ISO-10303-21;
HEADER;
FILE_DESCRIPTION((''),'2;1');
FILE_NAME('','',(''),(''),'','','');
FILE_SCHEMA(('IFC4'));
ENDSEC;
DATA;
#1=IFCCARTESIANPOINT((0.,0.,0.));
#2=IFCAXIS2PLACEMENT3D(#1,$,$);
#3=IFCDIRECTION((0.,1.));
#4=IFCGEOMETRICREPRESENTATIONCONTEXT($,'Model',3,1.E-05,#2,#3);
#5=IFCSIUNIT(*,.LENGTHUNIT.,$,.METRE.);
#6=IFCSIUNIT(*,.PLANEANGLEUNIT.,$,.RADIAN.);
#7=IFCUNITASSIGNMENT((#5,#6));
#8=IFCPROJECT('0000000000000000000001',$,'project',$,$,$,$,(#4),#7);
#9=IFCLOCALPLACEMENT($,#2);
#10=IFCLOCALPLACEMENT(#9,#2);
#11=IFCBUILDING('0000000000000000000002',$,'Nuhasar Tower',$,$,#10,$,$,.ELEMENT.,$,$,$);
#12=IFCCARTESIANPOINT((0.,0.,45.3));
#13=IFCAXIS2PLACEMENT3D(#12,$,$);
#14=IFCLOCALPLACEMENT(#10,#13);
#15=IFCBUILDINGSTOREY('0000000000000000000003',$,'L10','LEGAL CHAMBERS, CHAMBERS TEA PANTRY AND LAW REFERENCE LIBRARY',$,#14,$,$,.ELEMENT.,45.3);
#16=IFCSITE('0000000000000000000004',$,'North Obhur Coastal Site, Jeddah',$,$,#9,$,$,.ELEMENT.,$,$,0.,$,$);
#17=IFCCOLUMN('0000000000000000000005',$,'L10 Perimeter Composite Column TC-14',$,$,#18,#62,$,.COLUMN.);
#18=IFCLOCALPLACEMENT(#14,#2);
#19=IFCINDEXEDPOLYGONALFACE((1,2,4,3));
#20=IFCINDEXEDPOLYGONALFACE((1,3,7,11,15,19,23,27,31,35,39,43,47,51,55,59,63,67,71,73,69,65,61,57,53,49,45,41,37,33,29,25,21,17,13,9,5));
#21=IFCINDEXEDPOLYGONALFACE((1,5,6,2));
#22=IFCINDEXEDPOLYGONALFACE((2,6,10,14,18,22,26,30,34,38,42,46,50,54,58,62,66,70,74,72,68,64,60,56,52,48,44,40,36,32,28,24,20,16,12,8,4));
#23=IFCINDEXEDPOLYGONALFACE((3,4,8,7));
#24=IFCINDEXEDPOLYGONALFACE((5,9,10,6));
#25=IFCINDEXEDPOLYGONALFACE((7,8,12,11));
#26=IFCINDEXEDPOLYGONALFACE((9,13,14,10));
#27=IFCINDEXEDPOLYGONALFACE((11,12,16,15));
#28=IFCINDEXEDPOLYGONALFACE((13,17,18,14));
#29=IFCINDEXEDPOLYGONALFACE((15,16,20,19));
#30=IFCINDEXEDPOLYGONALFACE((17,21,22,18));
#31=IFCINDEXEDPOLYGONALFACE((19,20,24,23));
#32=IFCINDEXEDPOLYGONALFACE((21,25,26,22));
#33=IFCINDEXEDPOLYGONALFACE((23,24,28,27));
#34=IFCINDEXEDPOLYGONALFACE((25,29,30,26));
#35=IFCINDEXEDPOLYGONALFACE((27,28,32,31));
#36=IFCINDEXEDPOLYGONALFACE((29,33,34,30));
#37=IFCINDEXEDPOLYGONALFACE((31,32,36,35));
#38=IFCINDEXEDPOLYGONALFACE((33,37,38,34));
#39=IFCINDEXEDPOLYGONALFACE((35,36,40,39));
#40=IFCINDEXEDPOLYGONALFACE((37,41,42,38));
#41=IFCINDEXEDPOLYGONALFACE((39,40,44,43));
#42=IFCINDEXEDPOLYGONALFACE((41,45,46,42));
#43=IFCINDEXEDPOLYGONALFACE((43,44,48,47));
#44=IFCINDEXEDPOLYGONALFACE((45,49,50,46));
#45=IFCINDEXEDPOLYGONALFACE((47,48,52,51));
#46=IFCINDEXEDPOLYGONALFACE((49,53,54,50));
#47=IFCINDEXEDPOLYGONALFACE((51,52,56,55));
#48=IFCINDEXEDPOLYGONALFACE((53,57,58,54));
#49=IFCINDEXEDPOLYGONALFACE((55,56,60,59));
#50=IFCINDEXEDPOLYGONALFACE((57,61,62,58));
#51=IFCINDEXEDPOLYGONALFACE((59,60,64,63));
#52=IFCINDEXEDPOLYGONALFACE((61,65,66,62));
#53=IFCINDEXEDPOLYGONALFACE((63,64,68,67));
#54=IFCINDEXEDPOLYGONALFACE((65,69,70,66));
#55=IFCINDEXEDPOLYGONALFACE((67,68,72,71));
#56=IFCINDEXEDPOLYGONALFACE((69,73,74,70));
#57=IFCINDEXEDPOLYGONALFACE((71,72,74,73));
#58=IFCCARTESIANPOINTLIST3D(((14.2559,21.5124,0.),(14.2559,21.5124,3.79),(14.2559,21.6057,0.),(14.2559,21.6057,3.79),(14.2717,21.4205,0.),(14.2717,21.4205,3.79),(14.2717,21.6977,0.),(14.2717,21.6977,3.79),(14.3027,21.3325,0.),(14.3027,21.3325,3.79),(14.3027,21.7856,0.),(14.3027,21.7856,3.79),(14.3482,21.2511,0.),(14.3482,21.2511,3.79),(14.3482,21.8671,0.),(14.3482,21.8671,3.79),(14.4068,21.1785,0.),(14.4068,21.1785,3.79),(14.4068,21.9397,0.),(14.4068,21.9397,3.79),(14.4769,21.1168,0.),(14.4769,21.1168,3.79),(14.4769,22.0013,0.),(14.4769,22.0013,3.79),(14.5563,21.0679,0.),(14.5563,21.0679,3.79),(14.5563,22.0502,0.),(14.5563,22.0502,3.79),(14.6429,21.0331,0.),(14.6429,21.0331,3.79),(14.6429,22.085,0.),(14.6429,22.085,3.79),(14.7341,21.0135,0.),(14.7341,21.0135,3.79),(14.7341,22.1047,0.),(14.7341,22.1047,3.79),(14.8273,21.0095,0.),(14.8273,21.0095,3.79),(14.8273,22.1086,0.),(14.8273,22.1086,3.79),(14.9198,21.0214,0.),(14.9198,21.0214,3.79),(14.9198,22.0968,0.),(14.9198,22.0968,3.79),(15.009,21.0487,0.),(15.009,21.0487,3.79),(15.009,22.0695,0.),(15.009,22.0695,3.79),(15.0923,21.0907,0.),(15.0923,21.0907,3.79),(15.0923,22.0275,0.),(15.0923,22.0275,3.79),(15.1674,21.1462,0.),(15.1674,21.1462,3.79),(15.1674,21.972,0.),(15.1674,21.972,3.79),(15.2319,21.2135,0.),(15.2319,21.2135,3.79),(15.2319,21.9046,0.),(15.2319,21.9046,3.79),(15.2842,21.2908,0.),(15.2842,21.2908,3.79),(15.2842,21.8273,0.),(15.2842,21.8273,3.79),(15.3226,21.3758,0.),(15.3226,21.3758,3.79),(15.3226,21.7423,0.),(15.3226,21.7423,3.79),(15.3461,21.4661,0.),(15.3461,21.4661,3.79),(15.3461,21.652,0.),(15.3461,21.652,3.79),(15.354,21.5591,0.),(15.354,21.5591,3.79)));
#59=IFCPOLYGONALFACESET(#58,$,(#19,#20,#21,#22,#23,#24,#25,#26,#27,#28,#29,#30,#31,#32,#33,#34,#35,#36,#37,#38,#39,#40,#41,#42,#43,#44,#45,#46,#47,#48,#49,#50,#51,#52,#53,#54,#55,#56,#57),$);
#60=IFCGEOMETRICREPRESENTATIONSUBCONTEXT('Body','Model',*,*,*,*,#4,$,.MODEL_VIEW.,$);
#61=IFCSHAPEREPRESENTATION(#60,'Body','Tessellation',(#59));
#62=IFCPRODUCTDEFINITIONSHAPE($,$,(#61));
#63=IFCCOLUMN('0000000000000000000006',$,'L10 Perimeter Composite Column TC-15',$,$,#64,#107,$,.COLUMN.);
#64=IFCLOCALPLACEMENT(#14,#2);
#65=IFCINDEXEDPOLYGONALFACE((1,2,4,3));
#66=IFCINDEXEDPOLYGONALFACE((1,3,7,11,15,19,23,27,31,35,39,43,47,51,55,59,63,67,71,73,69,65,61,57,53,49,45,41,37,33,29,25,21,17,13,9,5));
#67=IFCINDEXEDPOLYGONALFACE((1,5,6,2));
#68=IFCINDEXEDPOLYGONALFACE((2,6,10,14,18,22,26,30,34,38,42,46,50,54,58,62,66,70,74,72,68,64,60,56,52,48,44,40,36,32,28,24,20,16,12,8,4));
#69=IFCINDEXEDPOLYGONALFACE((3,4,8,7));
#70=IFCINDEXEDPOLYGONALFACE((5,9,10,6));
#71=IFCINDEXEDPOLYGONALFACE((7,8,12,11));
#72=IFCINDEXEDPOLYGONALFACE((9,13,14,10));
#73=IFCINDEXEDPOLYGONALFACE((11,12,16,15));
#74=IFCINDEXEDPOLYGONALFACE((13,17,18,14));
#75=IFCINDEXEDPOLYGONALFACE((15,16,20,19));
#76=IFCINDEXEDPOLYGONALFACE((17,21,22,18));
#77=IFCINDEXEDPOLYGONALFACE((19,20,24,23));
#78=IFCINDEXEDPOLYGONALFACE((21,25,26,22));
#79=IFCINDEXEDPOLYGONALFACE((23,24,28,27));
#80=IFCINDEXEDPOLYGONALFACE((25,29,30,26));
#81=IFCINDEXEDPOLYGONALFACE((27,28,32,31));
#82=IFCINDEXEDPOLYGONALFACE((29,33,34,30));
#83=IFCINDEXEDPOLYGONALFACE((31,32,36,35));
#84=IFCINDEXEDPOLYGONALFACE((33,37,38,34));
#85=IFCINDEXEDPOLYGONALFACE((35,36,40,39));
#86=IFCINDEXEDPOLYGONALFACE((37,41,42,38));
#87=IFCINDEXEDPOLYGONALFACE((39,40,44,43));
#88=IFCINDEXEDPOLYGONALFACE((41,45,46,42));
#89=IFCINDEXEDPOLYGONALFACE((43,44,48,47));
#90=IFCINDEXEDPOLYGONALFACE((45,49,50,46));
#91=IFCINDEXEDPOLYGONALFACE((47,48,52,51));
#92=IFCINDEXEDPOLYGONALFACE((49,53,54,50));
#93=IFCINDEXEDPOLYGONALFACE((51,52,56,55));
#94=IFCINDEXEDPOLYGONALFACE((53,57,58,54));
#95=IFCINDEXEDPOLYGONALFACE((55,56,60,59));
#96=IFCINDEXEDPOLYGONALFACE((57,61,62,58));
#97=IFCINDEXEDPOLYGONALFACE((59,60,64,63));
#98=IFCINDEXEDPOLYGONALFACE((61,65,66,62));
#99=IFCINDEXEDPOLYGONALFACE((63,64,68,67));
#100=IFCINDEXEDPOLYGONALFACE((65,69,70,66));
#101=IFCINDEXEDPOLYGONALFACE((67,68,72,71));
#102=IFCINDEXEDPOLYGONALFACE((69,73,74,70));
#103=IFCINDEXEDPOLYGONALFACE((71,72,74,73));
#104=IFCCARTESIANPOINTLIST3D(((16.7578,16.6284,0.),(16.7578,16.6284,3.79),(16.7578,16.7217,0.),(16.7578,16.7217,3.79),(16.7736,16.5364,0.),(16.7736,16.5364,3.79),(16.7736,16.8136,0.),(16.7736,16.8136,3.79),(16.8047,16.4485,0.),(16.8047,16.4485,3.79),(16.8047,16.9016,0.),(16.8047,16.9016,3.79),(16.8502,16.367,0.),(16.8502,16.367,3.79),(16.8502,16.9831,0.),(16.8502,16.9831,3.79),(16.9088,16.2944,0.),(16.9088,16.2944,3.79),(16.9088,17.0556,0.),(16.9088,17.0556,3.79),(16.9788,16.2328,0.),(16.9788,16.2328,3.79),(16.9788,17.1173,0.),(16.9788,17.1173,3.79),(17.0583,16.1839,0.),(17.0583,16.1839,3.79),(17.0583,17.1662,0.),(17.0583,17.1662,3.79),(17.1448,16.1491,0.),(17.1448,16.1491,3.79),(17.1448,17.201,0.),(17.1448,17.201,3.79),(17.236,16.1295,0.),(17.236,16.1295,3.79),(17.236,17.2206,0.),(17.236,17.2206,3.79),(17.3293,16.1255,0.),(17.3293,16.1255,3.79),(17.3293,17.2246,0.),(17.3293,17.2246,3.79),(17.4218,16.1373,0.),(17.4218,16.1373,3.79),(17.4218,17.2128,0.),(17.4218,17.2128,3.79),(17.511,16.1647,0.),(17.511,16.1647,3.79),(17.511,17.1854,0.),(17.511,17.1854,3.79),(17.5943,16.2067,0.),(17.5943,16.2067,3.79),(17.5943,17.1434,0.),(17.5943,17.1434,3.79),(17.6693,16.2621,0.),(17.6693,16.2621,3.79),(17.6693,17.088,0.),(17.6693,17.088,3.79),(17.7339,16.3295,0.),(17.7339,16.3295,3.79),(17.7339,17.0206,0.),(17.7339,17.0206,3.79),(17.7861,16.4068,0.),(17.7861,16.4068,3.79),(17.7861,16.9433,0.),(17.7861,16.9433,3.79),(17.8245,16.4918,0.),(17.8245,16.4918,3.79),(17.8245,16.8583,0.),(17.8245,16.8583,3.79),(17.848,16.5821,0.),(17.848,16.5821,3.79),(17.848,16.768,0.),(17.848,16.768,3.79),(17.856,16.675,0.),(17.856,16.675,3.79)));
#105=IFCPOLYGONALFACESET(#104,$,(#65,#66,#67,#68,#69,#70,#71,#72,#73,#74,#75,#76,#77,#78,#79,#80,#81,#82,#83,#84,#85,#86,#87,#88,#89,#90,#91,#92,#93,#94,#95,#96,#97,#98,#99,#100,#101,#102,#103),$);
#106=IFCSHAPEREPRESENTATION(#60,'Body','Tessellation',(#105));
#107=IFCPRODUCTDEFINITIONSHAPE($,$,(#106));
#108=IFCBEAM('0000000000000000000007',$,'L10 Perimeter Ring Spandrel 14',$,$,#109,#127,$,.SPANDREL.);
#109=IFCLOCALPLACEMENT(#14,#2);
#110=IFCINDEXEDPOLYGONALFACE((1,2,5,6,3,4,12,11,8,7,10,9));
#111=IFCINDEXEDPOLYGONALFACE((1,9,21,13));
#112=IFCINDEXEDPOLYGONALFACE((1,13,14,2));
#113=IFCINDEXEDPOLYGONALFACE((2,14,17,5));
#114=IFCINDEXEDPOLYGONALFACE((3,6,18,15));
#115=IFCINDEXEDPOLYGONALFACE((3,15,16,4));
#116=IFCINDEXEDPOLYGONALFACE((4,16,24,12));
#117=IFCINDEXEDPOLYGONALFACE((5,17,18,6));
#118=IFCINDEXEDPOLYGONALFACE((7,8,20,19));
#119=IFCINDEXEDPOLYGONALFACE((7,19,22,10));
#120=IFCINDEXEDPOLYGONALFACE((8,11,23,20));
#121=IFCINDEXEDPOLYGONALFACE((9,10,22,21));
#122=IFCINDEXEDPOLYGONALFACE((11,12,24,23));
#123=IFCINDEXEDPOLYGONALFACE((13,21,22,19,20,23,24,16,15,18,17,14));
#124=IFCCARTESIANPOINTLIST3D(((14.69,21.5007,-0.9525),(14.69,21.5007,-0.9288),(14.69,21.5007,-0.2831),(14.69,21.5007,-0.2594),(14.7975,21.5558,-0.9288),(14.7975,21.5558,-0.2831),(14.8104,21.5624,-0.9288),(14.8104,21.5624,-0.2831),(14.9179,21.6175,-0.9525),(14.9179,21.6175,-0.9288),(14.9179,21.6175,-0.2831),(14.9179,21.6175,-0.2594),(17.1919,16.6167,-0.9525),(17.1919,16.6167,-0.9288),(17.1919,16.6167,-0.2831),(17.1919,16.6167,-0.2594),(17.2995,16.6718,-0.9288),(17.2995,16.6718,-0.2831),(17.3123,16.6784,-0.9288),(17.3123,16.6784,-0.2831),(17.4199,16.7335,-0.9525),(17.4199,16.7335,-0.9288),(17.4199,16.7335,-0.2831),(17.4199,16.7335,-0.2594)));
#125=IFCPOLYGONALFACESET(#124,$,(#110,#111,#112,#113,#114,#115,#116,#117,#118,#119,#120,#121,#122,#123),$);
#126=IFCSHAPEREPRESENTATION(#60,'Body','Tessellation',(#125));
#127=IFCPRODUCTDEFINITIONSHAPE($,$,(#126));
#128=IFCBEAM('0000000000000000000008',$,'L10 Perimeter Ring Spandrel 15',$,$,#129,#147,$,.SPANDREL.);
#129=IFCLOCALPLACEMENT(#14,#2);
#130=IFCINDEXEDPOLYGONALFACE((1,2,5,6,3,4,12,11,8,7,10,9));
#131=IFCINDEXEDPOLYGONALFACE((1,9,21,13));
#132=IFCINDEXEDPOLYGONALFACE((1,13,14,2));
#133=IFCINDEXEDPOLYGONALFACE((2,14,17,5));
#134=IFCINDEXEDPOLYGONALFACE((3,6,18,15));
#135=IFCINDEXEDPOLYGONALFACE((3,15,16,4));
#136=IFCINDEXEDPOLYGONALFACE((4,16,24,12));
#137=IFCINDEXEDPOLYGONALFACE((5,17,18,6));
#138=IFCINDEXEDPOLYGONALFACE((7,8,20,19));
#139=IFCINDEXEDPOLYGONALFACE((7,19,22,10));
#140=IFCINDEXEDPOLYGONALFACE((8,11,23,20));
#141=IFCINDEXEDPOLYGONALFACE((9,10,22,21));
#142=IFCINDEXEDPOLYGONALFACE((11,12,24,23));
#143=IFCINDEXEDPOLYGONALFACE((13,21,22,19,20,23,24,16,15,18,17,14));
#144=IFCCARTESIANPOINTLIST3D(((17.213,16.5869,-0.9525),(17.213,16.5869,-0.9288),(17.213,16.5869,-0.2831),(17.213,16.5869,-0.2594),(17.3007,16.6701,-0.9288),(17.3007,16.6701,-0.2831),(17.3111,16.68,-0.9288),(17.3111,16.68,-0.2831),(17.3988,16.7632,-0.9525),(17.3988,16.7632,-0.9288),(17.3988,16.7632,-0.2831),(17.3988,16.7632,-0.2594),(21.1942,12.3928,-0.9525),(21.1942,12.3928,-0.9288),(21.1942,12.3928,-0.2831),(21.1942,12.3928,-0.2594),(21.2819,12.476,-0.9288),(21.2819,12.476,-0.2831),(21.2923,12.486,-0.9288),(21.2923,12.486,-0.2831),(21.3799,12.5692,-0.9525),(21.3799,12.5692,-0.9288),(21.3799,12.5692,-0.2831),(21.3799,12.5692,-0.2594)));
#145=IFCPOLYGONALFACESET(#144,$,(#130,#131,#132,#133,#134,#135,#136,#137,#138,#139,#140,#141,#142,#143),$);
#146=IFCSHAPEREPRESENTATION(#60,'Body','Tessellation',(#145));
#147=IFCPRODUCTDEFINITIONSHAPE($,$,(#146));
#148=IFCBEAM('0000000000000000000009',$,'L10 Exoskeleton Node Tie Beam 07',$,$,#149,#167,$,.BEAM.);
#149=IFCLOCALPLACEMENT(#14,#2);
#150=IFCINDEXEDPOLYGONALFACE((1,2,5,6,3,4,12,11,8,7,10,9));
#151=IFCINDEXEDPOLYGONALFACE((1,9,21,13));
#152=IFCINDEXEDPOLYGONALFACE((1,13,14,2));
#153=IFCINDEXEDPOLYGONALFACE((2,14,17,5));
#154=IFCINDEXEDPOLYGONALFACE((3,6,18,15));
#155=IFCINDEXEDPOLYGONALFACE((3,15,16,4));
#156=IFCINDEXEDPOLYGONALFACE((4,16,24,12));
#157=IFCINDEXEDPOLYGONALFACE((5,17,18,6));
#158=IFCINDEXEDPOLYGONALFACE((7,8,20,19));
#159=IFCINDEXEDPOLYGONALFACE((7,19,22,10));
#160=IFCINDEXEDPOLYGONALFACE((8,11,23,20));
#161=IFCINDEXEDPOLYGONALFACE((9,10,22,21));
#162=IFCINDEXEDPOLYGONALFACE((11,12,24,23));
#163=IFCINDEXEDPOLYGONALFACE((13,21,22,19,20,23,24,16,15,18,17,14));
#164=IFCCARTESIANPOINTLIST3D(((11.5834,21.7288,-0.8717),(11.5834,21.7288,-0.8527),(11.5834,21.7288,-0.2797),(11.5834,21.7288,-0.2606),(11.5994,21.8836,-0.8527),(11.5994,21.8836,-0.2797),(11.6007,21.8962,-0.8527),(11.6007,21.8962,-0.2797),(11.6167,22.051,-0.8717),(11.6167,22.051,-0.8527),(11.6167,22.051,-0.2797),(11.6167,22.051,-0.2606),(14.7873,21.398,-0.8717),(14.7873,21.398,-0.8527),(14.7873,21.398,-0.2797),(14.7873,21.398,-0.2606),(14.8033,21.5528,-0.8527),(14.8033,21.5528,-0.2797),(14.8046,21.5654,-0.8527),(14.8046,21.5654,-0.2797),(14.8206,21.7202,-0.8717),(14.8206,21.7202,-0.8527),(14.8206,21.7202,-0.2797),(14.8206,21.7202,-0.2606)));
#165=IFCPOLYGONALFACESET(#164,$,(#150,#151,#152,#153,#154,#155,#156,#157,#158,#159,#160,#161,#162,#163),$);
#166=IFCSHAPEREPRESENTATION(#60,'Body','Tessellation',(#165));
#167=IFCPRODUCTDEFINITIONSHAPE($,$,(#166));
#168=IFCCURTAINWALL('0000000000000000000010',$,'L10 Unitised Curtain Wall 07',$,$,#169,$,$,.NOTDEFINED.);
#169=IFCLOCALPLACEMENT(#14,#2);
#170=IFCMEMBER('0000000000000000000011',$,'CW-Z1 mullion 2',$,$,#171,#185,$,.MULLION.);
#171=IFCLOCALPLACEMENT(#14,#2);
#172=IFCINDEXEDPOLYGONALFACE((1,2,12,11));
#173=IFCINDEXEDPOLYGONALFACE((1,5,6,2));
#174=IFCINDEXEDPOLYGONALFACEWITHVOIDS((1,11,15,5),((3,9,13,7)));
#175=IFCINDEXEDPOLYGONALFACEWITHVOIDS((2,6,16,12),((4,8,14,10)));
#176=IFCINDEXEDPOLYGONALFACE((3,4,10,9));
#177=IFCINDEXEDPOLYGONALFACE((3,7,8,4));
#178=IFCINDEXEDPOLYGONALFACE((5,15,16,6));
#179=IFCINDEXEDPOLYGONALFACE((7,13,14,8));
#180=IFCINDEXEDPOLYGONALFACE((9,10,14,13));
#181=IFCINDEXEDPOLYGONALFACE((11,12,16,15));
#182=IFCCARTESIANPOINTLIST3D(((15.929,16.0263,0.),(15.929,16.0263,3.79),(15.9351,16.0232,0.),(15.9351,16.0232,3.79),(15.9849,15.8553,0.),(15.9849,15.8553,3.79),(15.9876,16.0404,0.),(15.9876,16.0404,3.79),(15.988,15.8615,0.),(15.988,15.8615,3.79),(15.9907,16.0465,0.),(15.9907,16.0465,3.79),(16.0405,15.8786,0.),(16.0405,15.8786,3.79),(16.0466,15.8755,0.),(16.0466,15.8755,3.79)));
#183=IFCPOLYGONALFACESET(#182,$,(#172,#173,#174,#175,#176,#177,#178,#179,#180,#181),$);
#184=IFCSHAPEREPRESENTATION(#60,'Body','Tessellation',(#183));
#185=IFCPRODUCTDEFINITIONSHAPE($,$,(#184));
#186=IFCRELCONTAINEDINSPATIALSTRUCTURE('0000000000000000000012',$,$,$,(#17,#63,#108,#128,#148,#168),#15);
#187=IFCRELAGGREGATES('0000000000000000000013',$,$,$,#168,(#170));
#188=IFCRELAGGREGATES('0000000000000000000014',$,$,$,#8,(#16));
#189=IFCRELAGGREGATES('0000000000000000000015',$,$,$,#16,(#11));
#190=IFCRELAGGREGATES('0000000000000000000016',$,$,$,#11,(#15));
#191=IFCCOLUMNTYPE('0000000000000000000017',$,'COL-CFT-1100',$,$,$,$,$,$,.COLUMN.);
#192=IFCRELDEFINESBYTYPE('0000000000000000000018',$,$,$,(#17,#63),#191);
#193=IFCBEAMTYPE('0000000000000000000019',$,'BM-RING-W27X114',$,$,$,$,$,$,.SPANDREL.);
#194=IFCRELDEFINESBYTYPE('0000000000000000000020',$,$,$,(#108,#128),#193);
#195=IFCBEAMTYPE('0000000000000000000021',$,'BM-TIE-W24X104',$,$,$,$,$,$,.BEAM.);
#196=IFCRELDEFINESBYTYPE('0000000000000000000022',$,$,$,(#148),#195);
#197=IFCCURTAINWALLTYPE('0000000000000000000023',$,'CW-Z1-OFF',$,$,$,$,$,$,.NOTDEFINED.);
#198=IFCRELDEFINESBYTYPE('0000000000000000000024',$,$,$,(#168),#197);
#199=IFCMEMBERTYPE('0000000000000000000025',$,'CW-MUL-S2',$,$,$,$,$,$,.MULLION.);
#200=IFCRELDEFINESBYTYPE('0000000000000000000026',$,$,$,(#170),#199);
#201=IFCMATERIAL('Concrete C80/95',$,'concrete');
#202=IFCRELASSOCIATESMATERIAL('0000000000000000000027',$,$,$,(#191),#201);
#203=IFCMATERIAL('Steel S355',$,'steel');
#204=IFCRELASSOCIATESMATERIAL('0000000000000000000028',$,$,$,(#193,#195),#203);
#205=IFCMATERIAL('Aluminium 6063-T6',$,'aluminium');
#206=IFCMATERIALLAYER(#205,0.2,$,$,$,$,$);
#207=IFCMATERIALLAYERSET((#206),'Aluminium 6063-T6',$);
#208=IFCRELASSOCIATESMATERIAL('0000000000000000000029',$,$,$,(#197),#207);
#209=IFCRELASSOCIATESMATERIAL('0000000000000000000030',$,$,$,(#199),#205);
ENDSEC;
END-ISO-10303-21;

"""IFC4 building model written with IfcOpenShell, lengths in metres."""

from ifc_helpers import new_model, si_unit, direction, frame, origin, origin_2d, place, context, subcontext, project, spatial, hollow_rectangle, circle, i_section, extrude, material, layer, layer_set, material_profile, profile_set, type_object, element, aggregate, save


model = new_model("IFC4")

# Units and contexts
model_context = context("Model", 3, precision=1e-05, world=origin(), true_north=direction((0.0, 1.0)))
body_context = subcontext(model_context, "Body", "Model", "MODEL_VIEW")
ifc_project = project(units=[si_unit("LENGTHUNIT", "METRE"), si_unit("PLANEANGLEUNIT", "RADIAN")], contexts=[model_context])

# Site, building, storey
site_placement = place(None, origin())
site = spatial("IfcSite", under=ifc_project, at=site_placement, Name="North Obhur Coastal Site, Jeddah", CompositionType="ELEMENT", RefElevation=0.0)
building_placement = place(site_placement, origin())
building = spatial("IfcBuilding", under=site, at=building_placement, Name="Nuhasar Tower", CompositionType="ELEMENT")
storey_placement = place(building_placement, frame((0.0, 0.0, 45.3)))
storey = spatial("IfcBuildingStorey", under=building, at=storey_placement, Name="L10", Description="LEGAL CHAMBERS, CHAMBERS TEA PANTRY AND LAW REFERENCE LIBRARY", CompositionType="ELEMENT", Elevation=45.3)

# Columns
ifc_material_1 = material(Name="Concrete C80/95", Category="concrete")
ifc_material_profile_1 = material_profile(ifc_material_1, circle(Radius=0.55, at=origin_2d()), Name="CFT1100")
ifc_profile_set_1 = profile_set([ifc_material_profile_1], Name="Concrete C80/95")
column_type = type_object("IfcColumnType", Name="COL-CFT-1100", PredefinedType="COLUMN", material=ifc_profile_set_1)
for number, where, z_axis, x_axis, name in (
    (1, (14.804, 21.5591, 0.0), (0.0, 0.0, 1.0), (1.0, 0.0, 0.0), "L10 Perimeter Composite Column TC-14"),
    (2, (17.3059, 16.675, 0.0), (0.0, 0.0, 1.0), (1.0, 0.0, 0.0), "L10 Perimeter Composite Column TC-15"),
):
    element("IfcColumn", number, at=place(storey_placement, frame(where, z_axis=z_axis, x_axis=x_axis)), inside=storey, type_object=column_type, Name=name, PredefinedType="COLUMN", context=body_context, shape_type="SweptSolid", body=[
        extrude(circle(Radius=0.55, at=origin_2d()), origin(), (0.0, 0.0, 1.0), 3.79),
    ])

# Beams
ifc_material_2 = material(Name="Steel S355", Category="steel")
ifc_material_profile_2 = material_profile(ifc_material_2, i_section(OverallWidth=0.2561, OverallDepth=0.6931, WebThickness=0.0144, FlangeThickness=0.0237, at=origin_2d()), Name="W27X114")
ifc_profile_set_2 = profile_set([ifc_material_profile_2], Name="Steel S355")
beam_type_1 = type_object("IfcBeamType", Name="BM-RING-W27X114", PredefinedType="SPANDREL", material=ifc_profile_set_2)
beam_1_placement = place(storey_placement, frame((14.804, 21.5591, -0.606), z_axis=(0.45593, -0.890016, 0.0), x_axis=(0.890016, 0.45593, 0.0)))
element("IfcBeam", 3, at=beam_1_placement, inside=storey, type_object=beam_type_1, Name="L10 Perimeter Ring Spandrel 14", PredefinedType="SPANDREL", context=body_context, shape_type="SweptSolid", body=[
    extrude(i_section(OverallWidth=0.2561, OverallDepth=0.6931, WebThickness=0.0144, FlangeThickness=0.0237, at=origin_2d()), origin(), (0.0, 0.0, 1.0), 5.4875),
])
beam_2_placement = place(storey_placement, frame((17.3059, 16.675, -0.606), z_axis=(0.68846, -0.725274, 0.0), x_axis=(0.725274, 0.68846, 0.0)))
element("IfcBeam", 4, at=beam_2_placement, inside=storey, type_object=beam_type_1, Name="L10 Perimeter Ring Spandrel 15", PredefinedType="SPANDREL", context=body_context, shape_type="SweptSolid", body=[
    extrude(i_section(OverallWidth=0.2561, OverallDepth=0.6931, WebThickness=0.0144, FlangeThickness=0.0237, at=origin_2d()), origin(), (0.0, 0.0, 1.0), 5.7827),
])
ifc_material_profile_3 = material_profile(ifc_material_2, i_section(OverallWidth=0.324, OverallDepth=0.6111, WebThickness=0.0127, FlangeThickness=0.019, at=origin_2d()), Name="W24X104")
ifc_profile_set_3 = profile_set([ifc_material_profile_3], Name="Steel S355")
beam_type_2 = type_object("IfcBeamType", Name="BM-TIE-W24X104", PredefinedType="BEAM", material=ifc_profile_set_3)
beam_3_placement = place(storey_placement, frame((14.804, 21.5591, -0.5662), z_axis=(-0.994712, 0.102708, 0.0), x_axis=(-0.102708, -0.994712, 0.0)))
element("IfcBeam", 5, at=beam_3_placement, inside=storey, type_object=beam_type_2, Name="L10 Exoskeleton Node Tie Beam 07", PredefinedType="BEAM", context=body_context, shape_type="SweptSolid", body=[
    extrude(i_section(OverallWidth=0.324, OverallDepth=0.6111, WebThickness=0.0127, FlangeThickness=0.019, at=origin_2d()), origin(), (0.0, 0.0, 1.0), 3.2209),
])

# Curtain wall, member
ifc_material_3 = material(Name="Aluminium 6063-T6", Category="aluminium")
ifc_layer_1 = layer(ifc_material_3, 0.2)
ifc_layer_set_1 = layer_set([ifc_layer_1], Name="Aluminium 6063-T6")
curtain_wall_type = type_object("IfcCurtainWallType", Name="CW-Z1-OFF", PredefinedType="NOTDEFINED", material=ifc_layer_set_1)
curtain_wall_1_placement = place(storey_placement, origin())
curtain_wall_1 = element("IfcCurtainWall", 6, at=curtain_wall_1_placement, inside=storey, type_object=curtain_wall_type, Name="L10 Unitised Curtain Wall 07", PredefinedType="NOTDEFINED")
ifc_material_profile_4 = material_profile(ifc_material_3, hollow_rectangle(XDim=0.0649, YDim=0.1799, WallThickness=0.0049, at=origin_2d()), Name="CWM-2")
ifc_profile_set_4 = profile_set([ifc_material_profile_4], Name="Aluminium 6063-T6")
member_type_1 = type_object("IfcMemberType", Name="CW-MUL-S2", PredefinedType="MULLION", material=ifc_profile_set_4)
member_1_placement = place(storey_placement, frame((15.9878, 15.9509, 0.0), z_axis=(0.0, 0.0, 1.0), x_axis=(0.950468, 0.310824, 0.0)))
member_1 = element("IfcMember", 7, at=member_1_placement, type_object=member_type_1, Name="CW-Z1 mullion 2", PredefinedType="MULLION", context=body_context, shape_type="SweptSolid", body=[
    extrude(hollow_rectangle(XDim=0.0649, YDim=0.1799, WallThickness=0.0049, at=origin_2d()), origin(), (0.0, 0.0, 1.0), 3.79),
])

aggregate(curtain_wall_1, [member_1])

save(model, "model.ifc")
